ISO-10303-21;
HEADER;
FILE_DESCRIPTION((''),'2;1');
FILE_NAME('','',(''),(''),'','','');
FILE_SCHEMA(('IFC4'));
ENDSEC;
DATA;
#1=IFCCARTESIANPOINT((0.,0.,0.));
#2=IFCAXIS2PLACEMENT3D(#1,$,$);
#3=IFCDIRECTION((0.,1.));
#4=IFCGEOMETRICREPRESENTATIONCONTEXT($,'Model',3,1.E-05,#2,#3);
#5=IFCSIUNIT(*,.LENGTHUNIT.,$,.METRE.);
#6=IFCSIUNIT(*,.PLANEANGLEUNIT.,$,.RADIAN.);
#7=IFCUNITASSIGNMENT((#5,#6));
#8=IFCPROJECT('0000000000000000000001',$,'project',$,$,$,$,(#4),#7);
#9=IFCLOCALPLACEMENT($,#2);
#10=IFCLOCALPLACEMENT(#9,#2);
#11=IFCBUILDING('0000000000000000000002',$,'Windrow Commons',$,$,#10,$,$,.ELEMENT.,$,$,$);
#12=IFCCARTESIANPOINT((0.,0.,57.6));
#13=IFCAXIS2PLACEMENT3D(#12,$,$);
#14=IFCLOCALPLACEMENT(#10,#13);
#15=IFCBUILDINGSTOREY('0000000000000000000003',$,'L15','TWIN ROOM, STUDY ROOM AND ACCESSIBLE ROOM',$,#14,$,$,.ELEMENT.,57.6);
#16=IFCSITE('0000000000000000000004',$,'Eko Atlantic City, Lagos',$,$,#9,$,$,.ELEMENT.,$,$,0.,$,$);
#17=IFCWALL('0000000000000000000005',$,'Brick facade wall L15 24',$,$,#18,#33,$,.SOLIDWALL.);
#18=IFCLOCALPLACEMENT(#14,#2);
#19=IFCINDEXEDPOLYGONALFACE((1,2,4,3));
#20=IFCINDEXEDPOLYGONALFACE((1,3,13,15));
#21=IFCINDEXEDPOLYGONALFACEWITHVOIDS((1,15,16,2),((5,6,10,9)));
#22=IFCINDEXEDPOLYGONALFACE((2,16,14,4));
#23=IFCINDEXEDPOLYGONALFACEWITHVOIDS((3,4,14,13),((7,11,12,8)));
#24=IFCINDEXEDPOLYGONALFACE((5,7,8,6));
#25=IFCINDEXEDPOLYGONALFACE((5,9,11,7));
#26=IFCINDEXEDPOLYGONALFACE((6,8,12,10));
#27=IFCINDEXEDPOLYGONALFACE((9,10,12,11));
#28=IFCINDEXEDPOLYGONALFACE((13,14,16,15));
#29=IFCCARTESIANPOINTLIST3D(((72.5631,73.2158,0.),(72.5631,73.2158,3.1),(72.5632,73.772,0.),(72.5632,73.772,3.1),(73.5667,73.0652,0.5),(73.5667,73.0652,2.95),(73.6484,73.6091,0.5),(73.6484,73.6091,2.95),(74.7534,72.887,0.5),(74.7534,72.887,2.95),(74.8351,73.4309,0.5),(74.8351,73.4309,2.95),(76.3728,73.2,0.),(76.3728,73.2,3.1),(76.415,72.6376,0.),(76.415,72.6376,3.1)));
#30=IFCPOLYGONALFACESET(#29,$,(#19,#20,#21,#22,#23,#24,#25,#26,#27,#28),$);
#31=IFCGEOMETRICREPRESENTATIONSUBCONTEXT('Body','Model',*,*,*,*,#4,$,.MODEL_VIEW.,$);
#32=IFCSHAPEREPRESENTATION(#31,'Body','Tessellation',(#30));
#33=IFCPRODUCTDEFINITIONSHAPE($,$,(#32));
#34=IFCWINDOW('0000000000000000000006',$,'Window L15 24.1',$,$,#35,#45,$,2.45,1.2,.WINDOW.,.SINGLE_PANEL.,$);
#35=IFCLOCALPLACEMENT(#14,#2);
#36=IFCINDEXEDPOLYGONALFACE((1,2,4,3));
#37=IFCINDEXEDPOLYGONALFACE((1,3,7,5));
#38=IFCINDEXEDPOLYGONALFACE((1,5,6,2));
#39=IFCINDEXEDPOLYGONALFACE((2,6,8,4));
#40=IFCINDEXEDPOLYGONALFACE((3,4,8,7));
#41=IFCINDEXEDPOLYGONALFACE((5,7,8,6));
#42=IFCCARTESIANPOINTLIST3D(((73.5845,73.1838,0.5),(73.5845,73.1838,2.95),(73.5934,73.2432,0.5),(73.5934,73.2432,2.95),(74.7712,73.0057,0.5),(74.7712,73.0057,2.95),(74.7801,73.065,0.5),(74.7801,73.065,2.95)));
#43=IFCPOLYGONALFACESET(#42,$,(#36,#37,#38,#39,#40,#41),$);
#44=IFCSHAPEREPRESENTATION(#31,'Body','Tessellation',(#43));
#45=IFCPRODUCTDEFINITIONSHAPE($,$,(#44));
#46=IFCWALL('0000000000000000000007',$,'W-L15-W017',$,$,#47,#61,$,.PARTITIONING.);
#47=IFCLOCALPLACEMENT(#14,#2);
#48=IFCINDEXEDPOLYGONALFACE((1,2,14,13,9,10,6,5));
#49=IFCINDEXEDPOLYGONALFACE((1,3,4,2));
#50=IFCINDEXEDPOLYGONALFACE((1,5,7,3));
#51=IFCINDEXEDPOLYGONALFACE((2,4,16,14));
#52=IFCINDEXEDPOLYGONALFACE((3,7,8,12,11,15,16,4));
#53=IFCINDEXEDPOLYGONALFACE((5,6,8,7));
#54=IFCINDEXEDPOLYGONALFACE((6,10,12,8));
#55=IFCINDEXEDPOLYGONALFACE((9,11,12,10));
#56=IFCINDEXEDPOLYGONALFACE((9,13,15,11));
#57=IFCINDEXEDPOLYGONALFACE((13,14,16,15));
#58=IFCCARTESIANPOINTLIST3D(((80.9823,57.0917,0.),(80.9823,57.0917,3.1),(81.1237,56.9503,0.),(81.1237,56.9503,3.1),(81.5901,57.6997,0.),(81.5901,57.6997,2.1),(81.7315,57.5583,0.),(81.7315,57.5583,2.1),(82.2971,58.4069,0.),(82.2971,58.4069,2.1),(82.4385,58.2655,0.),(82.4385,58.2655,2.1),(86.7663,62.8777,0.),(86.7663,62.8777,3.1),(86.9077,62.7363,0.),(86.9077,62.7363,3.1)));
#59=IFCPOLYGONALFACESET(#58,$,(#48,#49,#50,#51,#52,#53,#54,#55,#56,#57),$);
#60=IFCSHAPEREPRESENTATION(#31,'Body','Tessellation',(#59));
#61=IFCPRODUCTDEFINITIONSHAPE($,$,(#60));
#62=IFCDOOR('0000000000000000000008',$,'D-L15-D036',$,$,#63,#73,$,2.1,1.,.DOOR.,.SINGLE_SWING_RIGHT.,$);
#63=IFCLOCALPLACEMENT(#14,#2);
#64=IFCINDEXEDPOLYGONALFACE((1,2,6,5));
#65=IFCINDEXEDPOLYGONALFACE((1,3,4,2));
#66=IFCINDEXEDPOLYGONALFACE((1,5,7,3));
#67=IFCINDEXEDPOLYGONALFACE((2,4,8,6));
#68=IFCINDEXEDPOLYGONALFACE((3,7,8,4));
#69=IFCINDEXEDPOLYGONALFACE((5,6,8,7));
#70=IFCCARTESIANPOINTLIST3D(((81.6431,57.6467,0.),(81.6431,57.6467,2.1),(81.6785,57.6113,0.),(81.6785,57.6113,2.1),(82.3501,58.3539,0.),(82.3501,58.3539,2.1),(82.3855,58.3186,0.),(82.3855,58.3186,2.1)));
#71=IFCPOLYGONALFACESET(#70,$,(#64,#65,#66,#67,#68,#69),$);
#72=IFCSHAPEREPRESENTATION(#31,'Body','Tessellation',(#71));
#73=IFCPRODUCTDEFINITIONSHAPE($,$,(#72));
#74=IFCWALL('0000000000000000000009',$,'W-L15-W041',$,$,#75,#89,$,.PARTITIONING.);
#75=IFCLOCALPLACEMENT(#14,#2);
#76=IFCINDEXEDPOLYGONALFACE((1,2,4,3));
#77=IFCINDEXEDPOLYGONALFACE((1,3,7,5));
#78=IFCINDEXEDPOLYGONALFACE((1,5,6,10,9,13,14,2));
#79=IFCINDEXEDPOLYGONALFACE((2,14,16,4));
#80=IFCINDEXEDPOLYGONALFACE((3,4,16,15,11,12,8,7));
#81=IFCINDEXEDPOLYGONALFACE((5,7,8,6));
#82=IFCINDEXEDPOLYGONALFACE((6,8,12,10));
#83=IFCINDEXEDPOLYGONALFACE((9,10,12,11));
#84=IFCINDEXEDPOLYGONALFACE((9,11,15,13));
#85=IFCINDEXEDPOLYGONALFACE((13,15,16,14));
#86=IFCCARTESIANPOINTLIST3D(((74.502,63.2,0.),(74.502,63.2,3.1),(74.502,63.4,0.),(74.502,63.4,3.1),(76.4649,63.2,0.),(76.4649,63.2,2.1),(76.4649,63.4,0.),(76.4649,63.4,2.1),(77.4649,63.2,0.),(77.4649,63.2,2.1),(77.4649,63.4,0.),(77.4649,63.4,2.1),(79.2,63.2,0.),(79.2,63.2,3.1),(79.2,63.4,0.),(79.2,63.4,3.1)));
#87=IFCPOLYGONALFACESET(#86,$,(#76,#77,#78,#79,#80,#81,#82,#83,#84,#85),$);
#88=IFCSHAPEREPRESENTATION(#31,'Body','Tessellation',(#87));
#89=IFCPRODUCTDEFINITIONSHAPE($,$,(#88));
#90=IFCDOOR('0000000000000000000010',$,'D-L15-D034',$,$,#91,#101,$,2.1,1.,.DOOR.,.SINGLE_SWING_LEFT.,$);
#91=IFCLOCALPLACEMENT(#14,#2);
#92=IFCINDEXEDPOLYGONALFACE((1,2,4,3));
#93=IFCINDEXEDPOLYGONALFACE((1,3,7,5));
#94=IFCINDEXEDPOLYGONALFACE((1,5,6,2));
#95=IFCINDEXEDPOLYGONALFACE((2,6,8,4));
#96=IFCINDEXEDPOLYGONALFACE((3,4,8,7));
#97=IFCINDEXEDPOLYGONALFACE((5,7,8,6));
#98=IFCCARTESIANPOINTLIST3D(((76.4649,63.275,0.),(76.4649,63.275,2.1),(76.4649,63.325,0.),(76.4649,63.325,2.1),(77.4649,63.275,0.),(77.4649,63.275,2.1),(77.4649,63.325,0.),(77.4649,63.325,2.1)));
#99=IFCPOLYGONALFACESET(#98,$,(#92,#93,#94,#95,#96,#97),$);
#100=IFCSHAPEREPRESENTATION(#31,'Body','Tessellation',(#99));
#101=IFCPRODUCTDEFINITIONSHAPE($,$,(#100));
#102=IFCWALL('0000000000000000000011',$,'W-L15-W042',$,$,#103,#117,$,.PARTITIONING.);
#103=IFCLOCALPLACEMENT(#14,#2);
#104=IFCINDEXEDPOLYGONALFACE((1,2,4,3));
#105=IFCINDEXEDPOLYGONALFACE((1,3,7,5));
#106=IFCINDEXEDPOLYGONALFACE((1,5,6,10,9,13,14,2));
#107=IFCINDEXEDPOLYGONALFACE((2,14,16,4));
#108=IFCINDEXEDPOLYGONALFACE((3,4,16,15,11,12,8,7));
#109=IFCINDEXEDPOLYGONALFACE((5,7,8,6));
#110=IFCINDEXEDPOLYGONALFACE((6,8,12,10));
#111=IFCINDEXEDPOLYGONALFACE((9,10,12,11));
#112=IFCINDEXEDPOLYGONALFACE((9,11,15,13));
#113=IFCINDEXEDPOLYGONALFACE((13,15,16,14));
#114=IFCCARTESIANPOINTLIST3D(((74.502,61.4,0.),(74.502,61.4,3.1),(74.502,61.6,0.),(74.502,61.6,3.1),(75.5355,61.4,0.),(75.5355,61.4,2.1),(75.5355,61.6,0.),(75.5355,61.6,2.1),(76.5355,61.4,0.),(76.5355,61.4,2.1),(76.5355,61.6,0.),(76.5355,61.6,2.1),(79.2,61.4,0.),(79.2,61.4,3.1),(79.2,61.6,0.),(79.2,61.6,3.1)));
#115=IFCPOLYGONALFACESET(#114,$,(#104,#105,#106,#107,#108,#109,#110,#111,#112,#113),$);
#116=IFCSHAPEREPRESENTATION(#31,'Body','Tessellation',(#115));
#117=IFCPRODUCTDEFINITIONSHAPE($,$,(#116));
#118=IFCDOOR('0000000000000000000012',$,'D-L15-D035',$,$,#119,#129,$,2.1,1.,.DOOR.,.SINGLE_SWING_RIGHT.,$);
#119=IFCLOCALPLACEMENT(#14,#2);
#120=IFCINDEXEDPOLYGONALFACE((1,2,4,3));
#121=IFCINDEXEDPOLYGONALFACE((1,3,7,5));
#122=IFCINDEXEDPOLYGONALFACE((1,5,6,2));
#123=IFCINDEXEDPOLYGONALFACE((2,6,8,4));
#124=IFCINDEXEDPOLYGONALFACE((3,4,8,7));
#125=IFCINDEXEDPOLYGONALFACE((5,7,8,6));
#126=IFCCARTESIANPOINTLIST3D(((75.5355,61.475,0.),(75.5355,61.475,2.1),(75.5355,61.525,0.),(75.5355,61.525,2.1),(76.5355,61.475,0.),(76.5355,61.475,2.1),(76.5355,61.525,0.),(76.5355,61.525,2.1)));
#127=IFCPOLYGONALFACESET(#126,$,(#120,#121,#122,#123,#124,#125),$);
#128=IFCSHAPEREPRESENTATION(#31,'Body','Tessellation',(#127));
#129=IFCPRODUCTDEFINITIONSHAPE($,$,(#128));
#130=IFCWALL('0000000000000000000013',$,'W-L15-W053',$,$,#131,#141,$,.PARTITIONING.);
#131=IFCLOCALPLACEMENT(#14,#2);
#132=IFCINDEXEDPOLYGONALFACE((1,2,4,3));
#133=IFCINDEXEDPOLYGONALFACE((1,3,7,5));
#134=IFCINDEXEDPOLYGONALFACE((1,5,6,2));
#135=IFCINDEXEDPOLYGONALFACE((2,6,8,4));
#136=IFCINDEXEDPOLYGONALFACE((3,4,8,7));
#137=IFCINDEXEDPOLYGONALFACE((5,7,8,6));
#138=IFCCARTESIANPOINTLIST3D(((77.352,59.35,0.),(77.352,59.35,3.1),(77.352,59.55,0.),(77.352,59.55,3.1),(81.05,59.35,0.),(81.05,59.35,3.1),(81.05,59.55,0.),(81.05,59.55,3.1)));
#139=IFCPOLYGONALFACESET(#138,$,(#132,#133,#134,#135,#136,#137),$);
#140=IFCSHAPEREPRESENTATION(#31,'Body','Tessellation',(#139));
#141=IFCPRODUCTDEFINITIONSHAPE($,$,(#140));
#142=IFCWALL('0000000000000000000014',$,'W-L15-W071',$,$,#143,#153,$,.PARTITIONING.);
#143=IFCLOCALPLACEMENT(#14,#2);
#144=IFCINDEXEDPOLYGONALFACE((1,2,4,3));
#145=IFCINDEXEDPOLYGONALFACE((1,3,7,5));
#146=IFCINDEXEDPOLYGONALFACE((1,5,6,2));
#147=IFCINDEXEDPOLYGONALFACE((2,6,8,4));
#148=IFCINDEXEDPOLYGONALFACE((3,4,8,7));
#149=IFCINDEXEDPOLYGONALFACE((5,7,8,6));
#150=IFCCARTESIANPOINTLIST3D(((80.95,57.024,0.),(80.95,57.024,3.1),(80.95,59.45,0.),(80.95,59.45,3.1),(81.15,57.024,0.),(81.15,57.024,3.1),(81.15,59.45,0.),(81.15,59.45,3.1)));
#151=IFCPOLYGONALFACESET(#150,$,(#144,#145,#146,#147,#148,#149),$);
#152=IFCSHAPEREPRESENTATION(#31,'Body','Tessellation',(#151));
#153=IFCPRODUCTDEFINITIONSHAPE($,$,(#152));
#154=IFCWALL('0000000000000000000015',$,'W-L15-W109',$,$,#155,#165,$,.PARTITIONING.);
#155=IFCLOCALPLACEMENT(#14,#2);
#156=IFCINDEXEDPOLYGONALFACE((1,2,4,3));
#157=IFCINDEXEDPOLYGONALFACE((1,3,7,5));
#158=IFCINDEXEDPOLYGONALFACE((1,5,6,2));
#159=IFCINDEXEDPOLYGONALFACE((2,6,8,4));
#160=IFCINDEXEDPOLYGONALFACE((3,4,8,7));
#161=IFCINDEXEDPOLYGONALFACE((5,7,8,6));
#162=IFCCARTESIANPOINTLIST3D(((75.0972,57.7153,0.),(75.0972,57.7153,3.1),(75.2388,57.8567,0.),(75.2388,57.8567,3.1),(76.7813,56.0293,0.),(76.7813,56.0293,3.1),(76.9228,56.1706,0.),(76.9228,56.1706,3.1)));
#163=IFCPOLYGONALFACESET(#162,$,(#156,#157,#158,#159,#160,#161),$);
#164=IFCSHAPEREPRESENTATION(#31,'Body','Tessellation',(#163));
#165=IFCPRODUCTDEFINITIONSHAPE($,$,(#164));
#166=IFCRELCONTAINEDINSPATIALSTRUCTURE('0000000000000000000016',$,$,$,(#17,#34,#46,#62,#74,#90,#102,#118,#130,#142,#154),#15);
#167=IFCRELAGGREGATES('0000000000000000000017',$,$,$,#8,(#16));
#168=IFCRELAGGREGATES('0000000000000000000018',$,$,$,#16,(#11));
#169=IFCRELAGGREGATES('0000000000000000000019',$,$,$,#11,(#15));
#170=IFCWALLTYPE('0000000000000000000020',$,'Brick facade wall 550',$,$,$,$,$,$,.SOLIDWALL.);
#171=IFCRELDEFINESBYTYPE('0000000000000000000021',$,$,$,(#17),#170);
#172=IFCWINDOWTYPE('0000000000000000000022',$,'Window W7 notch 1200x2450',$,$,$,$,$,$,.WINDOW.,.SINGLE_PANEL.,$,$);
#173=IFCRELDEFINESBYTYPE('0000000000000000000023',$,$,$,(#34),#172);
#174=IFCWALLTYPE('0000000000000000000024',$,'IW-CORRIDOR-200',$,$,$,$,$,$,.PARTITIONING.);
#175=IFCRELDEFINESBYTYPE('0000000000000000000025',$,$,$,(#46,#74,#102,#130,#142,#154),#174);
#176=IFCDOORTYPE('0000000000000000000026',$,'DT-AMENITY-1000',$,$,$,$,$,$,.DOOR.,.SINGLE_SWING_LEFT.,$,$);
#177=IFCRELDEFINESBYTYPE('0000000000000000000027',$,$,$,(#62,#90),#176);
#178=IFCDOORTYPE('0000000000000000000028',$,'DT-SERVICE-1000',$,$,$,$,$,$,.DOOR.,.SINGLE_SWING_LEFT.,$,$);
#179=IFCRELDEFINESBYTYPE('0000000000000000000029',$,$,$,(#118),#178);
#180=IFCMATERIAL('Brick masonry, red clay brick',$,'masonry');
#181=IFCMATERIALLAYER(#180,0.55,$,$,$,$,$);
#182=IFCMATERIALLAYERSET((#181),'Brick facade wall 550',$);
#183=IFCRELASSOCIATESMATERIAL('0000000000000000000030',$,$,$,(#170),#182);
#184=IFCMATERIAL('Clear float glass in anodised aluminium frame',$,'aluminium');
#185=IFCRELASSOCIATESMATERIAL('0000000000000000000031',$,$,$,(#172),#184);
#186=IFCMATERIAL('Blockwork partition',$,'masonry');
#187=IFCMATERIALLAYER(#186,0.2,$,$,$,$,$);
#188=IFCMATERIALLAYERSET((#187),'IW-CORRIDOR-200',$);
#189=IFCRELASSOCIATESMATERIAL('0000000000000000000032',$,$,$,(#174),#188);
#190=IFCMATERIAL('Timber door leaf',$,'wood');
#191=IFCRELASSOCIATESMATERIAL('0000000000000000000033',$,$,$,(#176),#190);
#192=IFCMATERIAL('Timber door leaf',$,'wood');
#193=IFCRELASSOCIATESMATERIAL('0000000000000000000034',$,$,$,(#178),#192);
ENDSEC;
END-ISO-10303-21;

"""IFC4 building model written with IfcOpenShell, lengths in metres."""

from ifc_helpers import new_model, si_unit, direction, frame, frame_2d, origin, place, context, subcontext, project, spatial, polyline, rectangle, outline, extrude, material, layer, layer_set, type_object, element, fill, save


model = new_model("IFC4")

# Units and contexts
model_context = context("Model", 3, precision=1e-05, world=origin(), true_north=direction((0.0, 1.0)))
body_context = subcontext(model_context, "Body", "Model", "MODEL_VIEW")
ifc_project = project(units=[si_unit("LENGTHUNIT", "METRE"), si_unit("PLANEANGLEUNIT", "RADIAN")], contexts=[model_context])

# Site, building, storey
site_placement = place(None, origin())
site = spatial("IfcSite", under=ifc_project, at=site_placement, Name="Eko Atlantic City, Lagos", CompositionType="ELEMENT", RefElevation=0.0)
building_placement = place(site_placement, origin())
building = spatial("IfcBuilding", under=site, at=building_placement, Name="Windrow Commons", CompositionType="ELEMENT")
storey_placement = place(building_placement, frame((0.0, 0.0, 57.6)))
storey = spatial("IfcBuildingStorey", under=building, at=storey_placement, Name="L15", Description="TWIN ROOM, STUDY ROOM AND ACCESSIBLE ROOM", CompositionType="ELEMENT", Elevation=57.6)

# Wall, opening, window
ifc_material_1 = material(Name="Brick masonry, red clay brick", Category="masonry")
ifc_layer_1 = layer(ifc_material_1, 0.55)
ifc_layer_set_1 = layer_set([ifc_layer_1], Name="Brick facade wall 550")
wall_type_1 = type_object("IfcWallType", Name="Brick facade wall 550", PredefinedType="SOLIDWALL", material=ifc_layer_set_1)
ifc_material_2 = material(Name="Clear float glass in anodised aluminium frame", Category="aluminium")
window_type = type_object("IfcWindowType", Name="Window W7 notch 1200x2450", PartitioningType="SINGLE_PANEL", PredefinedType="WINDOW", material=ifc_material_2)
wall_1_placement = place(storey_placement, frame((76.3939, 72.9188, 0.0), z_axis=(0.0, 0.0, 1.0), x_axis=(-0.988918, 0.148465, 0.0)))
wall_1 = element("IfcWall", 1, at=wall_1_placement, inside=storey, type_object=wall_type_1, Name="Brick facade wall L15 24", PredefinedType="SOLIDWALL", context=body_context, shape_type="SweptSolid", body=[
    extrude(outline(polyline([(0.0626, -0.275), (3.9149, -0.275), (3.8324, 0.275), (-0.0626, 0.275), (0.0626, -0.275)])), origin(), (0.0, 0.0, 1.0), 3.1),
])
opening_1_placement = place(wall_1_placement, frame((1.6176, 0.0, 0.5)))
opening_1 = element("IfcOpeningElement", 2, at=opening_1_placement, cuts=wall_1, PredefinedType="OPENING", context=body_context, shape_type="SweptSolid", body=[
    extrude(rectangle(XDim=1.2, YDim=2.45, at=frame_2d((0.6, 1.225))), frame((0.0, 0.285, 0.0), z_axis=(0.0, -1.0, 0.0), x_axis=(1.0, 0.0, 0.0)), (0.0, 0.0, 1.0), 0.57),
])
window_1_placement = place(opening_1_placement, origin())
window_1 = element("IfcWindow", 3, at=window_1_placement, inside=storey, type_object=window_type, Name="Window L15 24.1", OverallHeight=2.45, OverallWidth=1.2, PartitioningType="SINGLE_PANEL", PredefinedType="WINDOW", context=body_context, shape_type="SweptSolid", body=[
    extrude(rectangle(XDim=1.2, YDim=2.45, at=frame_2d((0.6, 1.225))), frame((0.0, 0.155, 0.0), z_axis=(0.0, -1.0, 0.0), x_axis=(1.0, 0.0, 0.0)), (0.0, 0.0, 1.0), 0.06),
])
fill(opening_1, window_1)

# Walls, openings, doors
ifc_material_3 = material(Name="Blockwork partition", Category="masonry")
ifc_layer_2 = layer(ifc_material_3, 0.2)
ifc_layer_set_2 = layer_set([ifc_layer_2], Name="IW-CORRIDOR-200")
wall_type_2 = type_object("IfcWallType", Name="IW-CORRIDOR-200", PredefinedType="PARTITIONING", material=ifc_layer_set_2)
wall_2_placement = place(storey_placement, frame((81.053, 57.021, 0.0), z_axis=(0.0, 0.0, 1.0), x_axis=(0.706985, 0.707229, 0.0)))
wall_2 = element("IfcWall", 4, at=wall_2_placement, inside=storey, type_object=wall_type_2, Name="W-L15-W017", PredefinedType="PARTITIONING", context=body_context, shape_type="SweptSolid", body=[
    extrude(rectangle(XDim=8.1812, YDim=0.2, at=frame_2d((4.0906, 0.0))), origin(), (0.0, 0.0, 1.0), 3.1),
])
opening_2_placement = place(wall_2_placement, frame((0.8597, 0.0, 0.0)))
opening_2 = element("IfcOpeningElement", 5, at=opening_2_placement, cuts=wall_2, PredefinedType="OPENING", context=body_context, shape_type="SweptSolid", body=[
    extrude(rectangle(XDim=1.0, YDim=2.1, at=frame_2d((0.5, 1.05))), frame((0.0, 0.11, 0.0), z_axis=(0.0, -1.0, 0.0), x_axis=(1.0, 0.0, 0.0)), (0.0, 0.0, 1.0), 0.22),
])
ifc_material_4 = material(Name="Timber door leaf", Category="wood")
door_type_1 = type_object("IfcDoorType", Name="DT-AMENITY-1000", OperationType="SINGLE_SWING_LEFT", PredefinedType="DOOR", material=ifc_material_4)
door_1_placement = place(opening_2_placement, origin())
door_1 = element("IfcDoor", 6, at=door_1_placement, inside=storey, type_object=door_type_1, Name="D-L15-D036", OperationType="SINGLE_SWING_RIGHT", OverallHeight=2.1, OverallWidth=1.0, PredefinedType="DOOR", context=body_context, shape_type="SweptSolid", body=[
    extrude(rectangle(XDim=1.0, YDim=2.1, at=frame_2d((0.5, 1.05))), frame((0.0, 0.025, 0.0), z_axis=(0.0, -1.0, 0.0), x_axis=(1.0, 0.0, 0.0)), (0.0, 0.0, 1.0), 0.05),
])
fill(opening_2, door_1)
wall_3_placement = place(storey_placement, frame((74.502, 63.3, 0.0), z_axis=(0.0, 0.0, 1.0), x_axis=(1.0, 0.0, 0.0)))
wall_3 = element("IfcWall", 7, at=wall_3_placement, inside=storey, type_object=wall_type_2, Name="W-L15-W041", PredefinedType="PARTITIONING", context=body_context, shape_type="SweptSolid", body=[
    extrude(rectangle(XDim=4.698, YDim=0.2, at=frame_2d((2.349, 0.0))), origin(), (0.0, 0.0, 1.0), 3.1),
])
opening_3_placement = place(wall_3_placement, frame((1.9629, 0.0, 0.0)))
opening_3 = element("IfcOpeningElement", 8, at=opening_3_placement, cuts=wall_3, PredefinedType="OPENING", context=body_context, shape_type="SweptSolid", body=[
    extrude(rectangle(XDim=1.0, YDim=2.1, at=frame_2d((0.5, 1.05))), frame((0.0, 0.11, 0.0), z_axis=(0.0, -1.0, 0.0), x_axis=(1.0, 0.0, 0.0)), (0.0, 0.0, 1.0), 0.22),
])
door_2_placement = place(opening_3_placement, origin())
door_2 = element("IfcDoor", 9, at=door_2_placement, inside=storey, type_object=door_type_1, Name="D-L15-D034", OperationType="SINGLE_SWING_LEFT", OverallHeight=2.1, OverallWidth=1.0, PredefinedType="DOOR", context=body_context, shape_type="SweptSolid", body=[
    extrude(rectangle(XDim=1.0, YDim=2.1, at=frame_2d((0.5, 1.05))), frame((0.0, 0.025, 0.0), z_axis=(0.0, -1.0, 0.0), x_axis=(1.0, 0.0, 0.0)), (0.0, 0.0, 1.0), 0.05),
])
fill(opening_3, door_2)
wall_4_placement = place(storey_placement, frame((74.502, 61.5, 0.0), z_axis=(0.0, 0.0, 1.0), x_axis=(1.0, 0.0, 0.0)))
wall_4 = element("IfcWall", 10, at=wall_4_placement, inside=storey, type_object=wall_type_2, Name="W-L15-W042", PredefinedType="PARTITIONING", context=body_context, shape_type="SweptSolid", body=[
    extrude(rectangle(XDim=4.698, YDim=0.2, at=frame_2d((2.349, 0.0))), origin(), (0.0, 0.0, 1.0), 3.1),
])
opening_4_placement = place(wall_4_placement, frame((1.0335, 0.0, 0.0)))
opening_4 = element("IfcOpeningElement", 11, at=opening_4_placement, cuts=wall_4, PredefinedType="OPENING", context=body_context, shape_type="SweptSolid", body=[
    extrude(rectangle(XDim=1.0, YDim=2.1, at=frame_2d((0.5, 1.05))), frame((0.0, 0.11, 0.0), z_axis=(0.0, -1.0, 0.0), x_axis=(1.0, 0.0, 0.0)), (0.0, 0.0, 1.0), 0.22),
])
ifc_material_5 = material(Name="Timber door leaf", Category="wood")
door_type_2 = type_object("IfcDoorType", Name="DT-SERVICE-1000", OperationType="SINGLE_SWING_LEFT", PredefinedType="DOOR", material=ifc_material_5)
door_3_placement = place(opening_4_placement, origin())
door_3 = element("IfcDoor", 12, at=door_3_placement, inside=storey, type_object=door_type_2, Name="D-L15-D035", OperationType="SINGLE_SWING_RIGHT", OverallHeight=2.1, OverallWidth=1.0, PredefinedType="DOOR", context=body_context, shape_type="SweptSolid", body=[
    extrude(rectangle(XDim=1.0, YDim=2.1, at=frame_2d((0.5, 1.05))), frame((0.0, 0.025, 0.0), z_axis=(0.0, -1.0, 0.0), x_axis=(1.0, 0.0, 0.0)), (0.0, 0.0, 1.0), 0.05),
])
fill(opening_4, door_3)

# Walls
wall_5_placement = place(storey_placement, frame((77.352, 59.45, 0.0), z_axis=(0.0, 0.0, 1.0), x_axis=(1.0, 0.0, 0.0)))
element("IfcWall", 13, at=wall_5_placement, inside=storey, type_object=wall_type_2, Name="W-L15-W053", PredefinedType="PARTITIONING", context=body_context, shape_type="SweptSolid", body=[
    extrude(rectangle(XDim=3.698, YDim=0.2, at=frame_2d((1.849, 0.0))), origin(), (0.0, 0.0, 1.0), 3.1),
])
wall_6_placement = place(storey_placement, frame((81.05, 57.024, 0.0), z_axis=(0.0, 0.0, 1.0), x_axis=(0.0, 1.0, 0.0)))
element("IfcWall", 14, at=wall_6_placement, inside=storey, type_object=wall_type_2, Name="W-L15-W071", PredefinedType="PARTITIONING", context=body_context, shape_type="SweptSolid", body=[
    extrude(rectangle(XDim=2.426, YDim=0.2, at=frame_2d((1.213, 0.0))), origin(), (0.0, 0.0, 1.0), 3.1),
])
wall_7_placement = place(storey_placement, frame((75.168, 57.786, 0.0), z_axis=(0.0, 0.0, 1.0), x_axis=(0.706687, -0.707526, 0.0)))
element("IfcWall", 15, at=wall_7_placement, inside=storey, type_object=wall_type_2, Name="W-L15-W109", PredefinedType="PARTITIONING", context=body_context, shape_type="SweptSolid", body=[
    extrude(rectangle(XDim=2.383, YDim=0.2, at=frame_2d((1.1915, 0.0))), origin(), (0.0, 0.0, 1.0), 3.1),
])

save(model, "model.ifc")
